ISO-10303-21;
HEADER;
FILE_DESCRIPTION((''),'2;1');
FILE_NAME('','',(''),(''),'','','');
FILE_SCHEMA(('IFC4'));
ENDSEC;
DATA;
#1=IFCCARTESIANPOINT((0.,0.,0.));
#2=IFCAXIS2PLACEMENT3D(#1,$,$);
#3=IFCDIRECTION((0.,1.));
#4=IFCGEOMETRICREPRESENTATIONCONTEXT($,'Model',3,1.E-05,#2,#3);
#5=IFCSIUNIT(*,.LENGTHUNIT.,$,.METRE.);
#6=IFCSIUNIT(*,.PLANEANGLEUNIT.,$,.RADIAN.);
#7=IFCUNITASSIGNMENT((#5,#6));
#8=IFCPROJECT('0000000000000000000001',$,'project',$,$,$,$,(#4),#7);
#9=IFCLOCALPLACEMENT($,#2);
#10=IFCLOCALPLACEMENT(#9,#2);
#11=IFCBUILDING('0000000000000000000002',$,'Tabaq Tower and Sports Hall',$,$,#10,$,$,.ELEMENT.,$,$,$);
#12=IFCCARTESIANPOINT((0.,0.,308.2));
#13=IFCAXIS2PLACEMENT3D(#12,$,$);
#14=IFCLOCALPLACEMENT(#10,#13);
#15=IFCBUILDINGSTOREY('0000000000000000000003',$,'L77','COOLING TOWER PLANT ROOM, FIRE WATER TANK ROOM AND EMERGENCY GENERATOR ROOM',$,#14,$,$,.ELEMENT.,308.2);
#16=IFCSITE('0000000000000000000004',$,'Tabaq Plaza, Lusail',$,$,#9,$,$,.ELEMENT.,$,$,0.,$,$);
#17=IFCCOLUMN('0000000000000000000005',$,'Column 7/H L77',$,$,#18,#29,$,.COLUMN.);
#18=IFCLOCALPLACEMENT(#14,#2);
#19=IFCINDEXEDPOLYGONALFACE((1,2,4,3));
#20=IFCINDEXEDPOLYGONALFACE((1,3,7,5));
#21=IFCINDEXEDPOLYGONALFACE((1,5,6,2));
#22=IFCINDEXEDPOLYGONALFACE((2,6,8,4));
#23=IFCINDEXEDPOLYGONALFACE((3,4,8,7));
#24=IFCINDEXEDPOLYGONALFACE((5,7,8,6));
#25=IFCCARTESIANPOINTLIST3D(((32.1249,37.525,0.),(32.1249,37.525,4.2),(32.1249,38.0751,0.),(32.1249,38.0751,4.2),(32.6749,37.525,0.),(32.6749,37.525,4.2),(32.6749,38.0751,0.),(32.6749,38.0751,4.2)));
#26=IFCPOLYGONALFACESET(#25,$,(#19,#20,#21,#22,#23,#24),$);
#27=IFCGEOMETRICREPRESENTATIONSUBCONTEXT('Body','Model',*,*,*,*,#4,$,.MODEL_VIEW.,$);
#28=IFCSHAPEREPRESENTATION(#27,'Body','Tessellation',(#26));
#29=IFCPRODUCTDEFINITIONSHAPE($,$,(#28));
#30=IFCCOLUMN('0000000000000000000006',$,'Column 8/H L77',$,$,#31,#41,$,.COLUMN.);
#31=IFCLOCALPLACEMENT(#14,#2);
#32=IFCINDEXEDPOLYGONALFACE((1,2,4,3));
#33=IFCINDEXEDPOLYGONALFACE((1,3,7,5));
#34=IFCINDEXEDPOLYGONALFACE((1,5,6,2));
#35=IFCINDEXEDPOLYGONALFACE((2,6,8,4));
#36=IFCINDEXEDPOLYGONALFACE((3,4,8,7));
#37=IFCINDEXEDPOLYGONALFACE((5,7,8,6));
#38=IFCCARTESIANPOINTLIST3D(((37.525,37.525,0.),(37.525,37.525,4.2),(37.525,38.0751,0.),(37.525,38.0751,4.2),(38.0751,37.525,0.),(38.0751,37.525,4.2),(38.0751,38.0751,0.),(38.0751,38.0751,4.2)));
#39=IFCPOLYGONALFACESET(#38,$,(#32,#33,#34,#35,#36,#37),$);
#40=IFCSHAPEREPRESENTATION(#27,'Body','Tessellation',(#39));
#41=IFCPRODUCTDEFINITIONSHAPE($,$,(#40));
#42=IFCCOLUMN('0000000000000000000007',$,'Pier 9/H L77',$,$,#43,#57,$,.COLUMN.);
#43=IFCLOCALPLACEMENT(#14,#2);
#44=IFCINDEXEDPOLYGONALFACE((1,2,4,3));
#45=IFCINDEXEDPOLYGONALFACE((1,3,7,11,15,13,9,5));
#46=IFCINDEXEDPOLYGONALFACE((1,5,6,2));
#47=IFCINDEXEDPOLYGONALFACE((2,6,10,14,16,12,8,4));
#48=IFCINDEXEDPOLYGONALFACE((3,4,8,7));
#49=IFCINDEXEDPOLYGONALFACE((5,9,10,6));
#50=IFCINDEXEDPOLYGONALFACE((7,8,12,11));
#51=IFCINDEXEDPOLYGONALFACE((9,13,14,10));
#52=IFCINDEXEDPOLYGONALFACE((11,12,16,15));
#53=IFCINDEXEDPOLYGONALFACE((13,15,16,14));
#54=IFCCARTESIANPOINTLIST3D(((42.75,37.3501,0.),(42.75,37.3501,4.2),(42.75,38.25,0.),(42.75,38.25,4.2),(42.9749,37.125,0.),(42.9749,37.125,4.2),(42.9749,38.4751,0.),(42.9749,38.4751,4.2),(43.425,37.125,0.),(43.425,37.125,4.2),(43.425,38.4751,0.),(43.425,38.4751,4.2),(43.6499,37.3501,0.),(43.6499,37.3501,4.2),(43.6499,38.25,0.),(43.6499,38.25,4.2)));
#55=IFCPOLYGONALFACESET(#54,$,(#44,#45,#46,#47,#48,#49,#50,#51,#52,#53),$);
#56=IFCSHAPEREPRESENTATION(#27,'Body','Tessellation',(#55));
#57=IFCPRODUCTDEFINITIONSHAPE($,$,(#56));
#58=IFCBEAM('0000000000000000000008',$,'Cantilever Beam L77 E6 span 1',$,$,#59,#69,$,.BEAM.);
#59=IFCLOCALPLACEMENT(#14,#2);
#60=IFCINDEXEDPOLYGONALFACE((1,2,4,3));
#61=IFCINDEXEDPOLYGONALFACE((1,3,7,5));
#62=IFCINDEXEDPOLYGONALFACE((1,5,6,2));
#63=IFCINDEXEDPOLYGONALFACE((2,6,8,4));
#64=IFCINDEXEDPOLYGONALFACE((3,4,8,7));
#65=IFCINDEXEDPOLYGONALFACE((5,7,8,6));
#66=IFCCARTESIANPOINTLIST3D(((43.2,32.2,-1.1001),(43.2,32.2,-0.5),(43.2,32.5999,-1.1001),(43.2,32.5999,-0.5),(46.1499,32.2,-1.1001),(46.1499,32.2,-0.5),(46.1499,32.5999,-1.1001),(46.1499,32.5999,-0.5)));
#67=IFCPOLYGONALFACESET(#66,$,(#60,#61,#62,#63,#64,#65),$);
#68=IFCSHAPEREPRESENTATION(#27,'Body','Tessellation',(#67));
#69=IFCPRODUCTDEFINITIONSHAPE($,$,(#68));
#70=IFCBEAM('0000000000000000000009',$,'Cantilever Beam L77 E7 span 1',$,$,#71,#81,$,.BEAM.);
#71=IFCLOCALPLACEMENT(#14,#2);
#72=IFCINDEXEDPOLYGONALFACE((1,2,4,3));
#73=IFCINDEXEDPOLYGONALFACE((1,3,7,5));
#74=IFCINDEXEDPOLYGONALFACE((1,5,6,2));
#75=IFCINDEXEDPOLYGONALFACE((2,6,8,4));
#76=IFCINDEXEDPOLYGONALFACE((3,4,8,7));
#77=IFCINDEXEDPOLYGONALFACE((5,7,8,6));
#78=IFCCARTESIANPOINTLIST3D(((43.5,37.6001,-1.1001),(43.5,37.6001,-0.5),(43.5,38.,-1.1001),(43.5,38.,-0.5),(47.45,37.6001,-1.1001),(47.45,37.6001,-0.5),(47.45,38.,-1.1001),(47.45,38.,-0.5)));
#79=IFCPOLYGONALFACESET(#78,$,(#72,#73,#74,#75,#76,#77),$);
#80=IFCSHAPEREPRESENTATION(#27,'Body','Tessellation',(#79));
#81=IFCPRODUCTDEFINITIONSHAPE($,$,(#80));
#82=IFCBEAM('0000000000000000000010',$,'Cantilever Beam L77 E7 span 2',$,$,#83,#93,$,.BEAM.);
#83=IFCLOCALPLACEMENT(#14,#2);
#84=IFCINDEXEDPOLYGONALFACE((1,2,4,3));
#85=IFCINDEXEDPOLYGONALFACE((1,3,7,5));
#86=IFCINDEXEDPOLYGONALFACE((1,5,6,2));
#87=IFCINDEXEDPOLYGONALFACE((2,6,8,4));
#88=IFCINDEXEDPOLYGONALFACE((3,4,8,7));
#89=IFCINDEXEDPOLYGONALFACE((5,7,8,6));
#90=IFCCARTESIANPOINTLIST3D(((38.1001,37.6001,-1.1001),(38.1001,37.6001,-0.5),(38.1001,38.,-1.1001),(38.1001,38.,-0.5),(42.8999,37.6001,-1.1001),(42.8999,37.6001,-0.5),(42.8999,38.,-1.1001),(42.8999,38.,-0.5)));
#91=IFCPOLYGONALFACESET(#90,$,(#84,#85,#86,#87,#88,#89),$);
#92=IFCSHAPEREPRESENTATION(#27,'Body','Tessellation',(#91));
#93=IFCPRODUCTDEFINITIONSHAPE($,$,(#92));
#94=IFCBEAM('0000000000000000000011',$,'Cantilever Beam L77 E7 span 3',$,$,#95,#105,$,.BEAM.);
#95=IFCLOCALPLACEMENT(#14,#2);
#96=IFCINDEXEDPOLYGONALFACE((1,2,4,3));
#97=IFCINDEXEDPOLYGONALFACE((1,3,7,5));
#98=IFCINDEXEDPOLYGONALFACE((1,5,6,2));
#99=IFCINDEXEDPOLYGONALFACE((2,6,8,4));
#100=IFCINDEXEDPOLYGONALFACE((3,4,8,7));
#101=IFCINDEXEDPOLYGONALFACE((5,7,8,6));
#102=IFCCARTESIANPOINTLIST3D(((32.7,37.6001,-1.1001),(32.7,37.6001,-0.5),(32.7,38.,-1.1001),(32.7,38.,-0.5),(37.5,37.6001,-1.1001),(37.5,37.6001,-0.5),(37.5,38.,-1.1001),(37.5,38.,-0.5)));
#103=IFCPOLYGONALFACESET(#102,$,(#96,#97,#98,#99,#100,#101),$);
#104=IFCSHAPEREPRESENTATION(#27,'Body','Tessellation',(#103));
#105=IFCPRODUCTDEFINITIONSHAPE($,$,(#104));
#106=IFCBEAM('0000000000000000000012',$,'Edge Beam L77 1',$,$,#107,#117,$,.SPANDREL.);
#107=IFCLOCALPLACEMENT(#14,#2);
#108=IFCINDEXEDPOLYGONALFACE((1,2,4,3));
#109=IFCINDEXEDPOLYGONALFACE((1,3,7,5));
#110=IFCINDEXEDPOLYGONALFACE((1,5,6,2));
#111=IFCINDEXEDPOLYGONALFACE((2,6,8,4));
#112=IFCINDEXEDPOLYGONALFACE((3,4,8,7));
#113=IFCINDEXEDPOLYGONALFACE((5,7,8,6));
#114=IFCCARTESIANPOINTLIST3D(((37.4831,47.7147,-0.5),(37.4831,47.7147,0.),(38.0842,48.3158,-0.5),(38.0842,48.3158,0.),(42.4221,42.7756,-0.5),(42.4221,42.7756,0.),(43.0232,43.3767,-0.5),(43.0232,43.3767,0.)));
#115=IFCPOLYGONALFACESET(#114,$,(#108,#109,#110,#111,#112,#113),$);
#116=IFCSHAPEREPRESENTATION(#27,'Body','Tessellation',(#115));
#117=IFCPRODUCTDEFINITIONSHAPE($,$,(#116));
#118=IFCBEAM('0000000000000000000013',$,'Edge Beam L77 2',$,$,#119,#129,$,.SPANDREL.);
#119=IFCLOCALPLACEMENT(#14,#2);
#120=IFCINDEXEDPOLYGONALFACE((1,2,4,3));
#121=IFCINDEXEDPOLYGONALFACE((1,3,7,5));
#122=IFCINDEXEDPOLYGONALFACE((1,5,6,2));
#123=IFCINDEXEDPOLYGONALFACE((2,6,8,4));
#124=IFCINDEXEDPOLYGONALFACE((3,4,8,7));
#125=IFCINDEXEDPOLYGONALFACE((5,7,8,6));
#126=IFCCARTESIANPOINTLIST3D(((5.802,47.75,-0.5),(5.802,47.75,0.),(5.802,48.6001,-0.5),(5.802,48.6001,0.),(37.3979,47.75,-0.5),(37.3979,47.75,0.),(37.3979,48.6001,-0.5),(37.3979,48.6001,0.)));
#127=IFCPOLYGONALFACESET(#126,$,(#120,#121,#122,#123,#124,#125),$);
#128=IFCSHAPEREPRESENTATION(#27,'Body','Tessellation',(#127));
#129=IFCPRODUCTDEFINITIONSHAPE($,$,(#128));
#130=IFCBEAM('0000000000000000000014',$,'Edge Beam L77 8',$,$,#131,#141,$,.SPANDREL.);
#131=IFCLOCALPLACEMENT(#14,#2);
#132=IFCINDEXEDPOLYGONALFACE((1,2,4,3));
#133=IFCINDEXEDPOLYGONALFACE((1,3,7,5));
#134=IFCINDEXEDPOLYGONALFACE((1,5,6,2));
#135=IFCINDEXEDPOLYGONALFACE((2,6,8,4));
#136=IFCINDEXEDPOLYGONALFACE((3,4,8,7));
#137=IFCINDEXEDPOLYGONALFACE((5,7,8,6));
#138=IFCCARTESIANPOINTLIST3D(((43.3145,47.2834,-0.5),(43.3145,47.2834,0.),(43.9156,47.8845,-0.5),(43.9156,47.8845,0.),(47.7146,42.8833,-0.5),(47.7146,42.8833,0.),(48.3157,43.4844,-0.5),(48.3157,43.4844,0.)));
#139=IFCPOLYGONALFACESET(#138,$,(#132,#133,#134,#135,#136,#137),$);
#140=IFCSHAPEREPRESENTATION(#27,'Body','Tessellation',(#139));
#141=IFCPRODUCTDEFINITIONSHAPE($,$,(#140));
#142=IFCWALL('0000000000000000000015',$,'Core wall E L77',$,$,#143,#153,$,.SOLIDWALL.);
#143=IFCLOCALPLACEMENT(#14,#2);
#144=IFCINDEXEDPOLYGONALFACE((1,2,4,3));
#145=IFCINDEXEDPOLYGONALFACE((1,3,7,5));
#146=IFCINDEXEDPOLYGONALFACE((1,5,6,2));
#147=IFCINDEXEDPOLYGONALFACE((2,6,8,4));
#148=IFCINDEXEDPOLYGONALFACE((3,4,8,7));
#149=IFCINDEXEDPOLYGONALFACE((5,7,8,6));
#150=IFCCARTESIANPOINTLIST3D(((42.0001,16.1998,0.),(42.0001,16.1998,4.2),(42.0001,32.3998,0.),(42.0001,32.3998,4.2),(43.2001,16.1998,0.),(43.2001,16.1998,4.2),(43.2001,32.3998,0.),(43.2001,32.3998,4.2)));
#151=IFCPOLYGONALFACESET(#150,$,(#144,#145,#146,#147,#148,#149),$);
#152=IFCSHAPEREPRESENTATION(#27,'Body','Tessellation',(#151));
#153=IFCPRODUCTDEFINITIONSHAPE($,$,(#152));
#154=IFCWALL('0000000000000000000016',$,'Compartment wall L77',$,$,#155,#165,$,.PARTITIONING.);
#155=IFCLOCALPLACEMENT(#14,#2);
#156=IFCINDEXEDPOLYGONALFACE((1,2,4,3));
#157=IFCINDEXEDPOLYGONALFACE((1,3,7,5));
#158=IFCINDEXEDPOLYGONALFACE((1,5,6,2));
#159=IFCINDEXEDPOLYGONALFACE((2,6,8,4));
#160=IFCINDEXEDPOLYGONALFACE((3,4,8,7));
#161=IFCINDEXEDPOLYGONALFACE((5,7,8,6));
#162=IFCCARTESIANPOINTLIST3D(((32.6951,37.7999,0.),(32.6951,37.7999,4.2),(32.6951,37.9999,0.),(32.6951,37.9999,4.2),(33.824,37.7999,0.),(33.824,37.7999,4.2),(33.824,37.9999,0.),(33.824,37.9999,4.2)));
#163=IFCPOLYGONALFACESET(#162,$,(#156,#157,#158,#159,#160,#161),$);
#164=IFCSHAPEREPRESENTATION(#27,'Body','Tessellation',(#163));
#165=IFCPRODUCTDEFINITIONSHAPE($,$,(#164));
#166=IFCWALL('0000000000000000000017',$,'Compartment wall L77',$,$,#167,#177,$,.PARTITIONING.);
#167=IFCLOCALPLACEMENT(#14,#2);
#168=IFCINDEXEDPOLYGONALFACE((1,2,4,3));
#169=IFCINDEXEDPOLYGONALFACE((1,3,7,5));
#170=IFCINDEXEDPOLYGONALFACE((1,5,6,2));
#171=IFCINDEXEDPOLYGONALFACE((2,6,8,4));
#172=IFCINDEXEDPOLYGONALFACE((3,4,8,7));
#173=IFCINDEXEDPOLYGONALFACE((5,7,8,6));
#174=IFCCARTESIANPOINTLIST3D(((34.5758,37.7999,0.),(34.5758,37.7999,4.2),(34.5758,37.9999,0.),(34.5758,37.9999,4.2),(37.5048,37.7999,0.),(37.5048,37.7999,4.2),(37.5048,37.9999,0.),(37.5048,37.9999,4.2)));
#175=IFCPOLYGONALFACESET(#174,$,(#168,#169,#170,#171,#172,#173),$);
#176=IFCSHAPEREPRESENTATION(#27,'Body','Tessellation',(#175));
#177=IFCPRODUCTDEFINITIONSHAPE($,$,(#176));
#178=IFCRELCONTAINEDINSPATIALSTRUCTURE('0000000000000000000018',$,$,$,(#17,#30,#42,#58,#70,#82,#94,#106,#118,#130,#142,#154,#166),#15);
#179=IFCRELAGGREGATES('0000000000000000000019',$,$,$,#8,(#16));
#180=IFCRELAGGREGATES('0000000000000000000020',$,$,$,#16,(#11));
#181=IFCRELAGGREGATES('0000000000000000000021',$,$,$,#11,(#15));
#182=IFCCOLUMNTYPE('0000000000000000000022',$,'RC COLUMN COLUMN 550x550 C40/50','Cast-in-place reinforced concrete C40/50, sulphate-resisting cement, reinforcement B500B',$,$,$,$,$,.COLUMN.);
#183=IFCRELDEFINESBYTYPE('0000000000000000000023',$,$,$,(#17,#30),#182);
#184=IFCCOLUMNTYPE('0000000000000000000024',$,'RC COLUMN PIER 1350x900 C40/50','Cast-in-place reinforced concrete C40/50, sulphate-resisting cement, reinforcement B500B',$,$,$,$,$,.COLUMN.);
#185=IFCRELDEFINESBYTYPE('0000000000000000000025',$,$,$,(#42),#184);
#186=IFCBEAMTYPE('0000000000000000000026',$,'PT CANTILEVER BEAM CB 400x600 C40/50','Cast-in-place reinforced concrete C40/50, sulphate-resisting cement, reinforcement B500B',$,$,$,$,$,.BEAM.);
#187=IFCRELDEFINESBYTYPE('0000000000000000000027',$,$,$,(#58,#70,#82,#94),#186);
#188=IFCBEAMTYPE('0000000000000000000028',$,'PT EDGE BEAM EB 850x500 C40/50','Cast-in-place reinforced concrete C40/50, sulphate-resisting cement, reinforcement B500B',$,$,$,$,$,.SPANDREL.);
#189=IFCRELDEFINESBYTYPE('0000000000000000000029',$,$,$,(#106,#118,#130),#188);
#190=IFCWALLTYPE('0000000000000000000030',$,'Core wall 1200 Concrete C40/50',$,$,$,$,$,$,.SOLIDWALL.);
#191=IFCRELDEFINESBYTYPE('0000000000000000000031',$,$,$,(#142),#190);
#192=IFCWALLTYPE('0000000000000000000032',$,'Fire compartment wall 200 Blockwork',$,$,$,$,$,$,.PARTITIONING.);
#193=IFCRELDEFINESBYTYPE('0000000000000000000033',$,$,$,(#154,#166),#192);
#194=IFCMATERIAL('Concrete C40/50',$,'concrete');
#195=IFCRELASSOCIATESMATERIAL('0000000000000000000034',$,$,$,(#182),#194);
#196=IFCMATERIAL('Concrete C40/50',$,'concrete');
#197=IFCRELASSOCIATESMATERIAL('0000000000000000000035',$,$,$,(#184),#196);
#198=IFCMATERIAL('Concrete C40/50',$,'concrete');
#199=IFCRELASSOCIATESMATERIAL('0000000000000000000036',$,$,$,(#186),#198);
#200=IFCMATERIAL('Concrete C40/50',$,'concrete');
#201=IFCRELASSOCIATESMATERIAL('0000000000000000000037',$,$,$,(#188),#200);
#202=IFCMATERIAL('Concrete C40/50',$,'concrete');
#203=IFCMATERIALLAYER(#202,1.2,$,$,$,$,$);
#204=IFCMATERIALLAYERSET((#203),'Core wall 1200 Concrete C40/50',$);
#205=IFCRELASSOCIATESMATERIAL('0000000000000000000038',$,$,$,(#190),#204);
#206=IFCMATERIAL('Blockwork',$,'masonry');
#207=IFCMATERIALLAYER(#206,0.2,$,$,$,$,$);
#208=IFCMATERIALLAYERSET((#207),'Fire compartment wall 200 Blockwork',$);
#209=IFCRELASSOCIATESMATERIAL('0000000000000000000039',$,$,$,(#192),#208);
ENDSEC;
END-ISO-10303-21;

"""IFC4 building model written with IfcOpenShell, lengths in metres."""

from ifc_helpers import new_model, si_unit, direction, frame, frame_2d, origin, origin_2d, place, context, subcontext, project, spatial, polyline, rectangle, outline, extrude, material, layer, layer_set, material_profile, profile_set, type_object, element, save


model = new_model("IFC4")

# Units and contexts
model_context = context("Model", 3, precision=1e-05, world=origin(), true_north=direction((0.0, 1.0)))
body_context = subcontext(model_context, "Body", "Model", "MODEL_VIEW")
ifc_project = project(units=[si_unit("LENGTHUNIT", "METRE"), si_unit("PLANEANGLEUNIT", "RADIAN")], contexts=[model_context])

# Site, building, storey
site_placement = place(None, origin())
site = spatial("IfcSite", under=ifc_project, at=site_placement, Name="Tabaq Plaza, Lusail", CompositionType="ELEMENT", RefElevation=0.0)
building_placement = place(site_placement, origin())
building = spatial("IfcBuilding", under=site, at=building_placement, Name="Tabaq Tower and Sports Hall", CompositionType="ELEMENT")
storey_placement = place(building_placement, frame((0.0, 0.0, 308.2)))
storey = spatial("IfcBuildingStorey", under=building, at=storey_placement, Name="L77", Description="COOLING TOWER PLANT ROOM, FIRE WATER TANK ROOM AND EMERGENCY GENERATOR ROOM", CompositionType="ELEMENT", Elevation=308.2)

# Columns
ifc_material_1 = material(Name="Concrete C40/50", Category="concrete")
ifc_material_profile_1 = material_profile(ifc_material_1, rectangle(XDim=0.55, YDim=0.55, at=origin_2d()), Name="COLUMN 550x550")
ifc_profile_set_1 = profile_set([ifc_material_profile_1], Name="Concrete C40/50")
column_type_1 = type_object("IfcColumnType", Name="RC COLUMN COLUMN 550x550 C40/50", Description="Cast-in-place reinforced concrete C40/50, sulphate-resisting cement, reinforcement B500B", PredefinedType="COLUMN", material=ifc_profile_set_1)
for number, where, z_axis, x_axis, name in (
    (1, (32.3999, 37.8, 0.0), (0.0, 0.0, 1.0), (1.0, 0.0, 0.0), "Column 7/H L77"),
    (2, (37.8, 37.8, 0.0), (0.0, 0.0, 1.0), (1.0, 0.0, 0.0), "Column 8/H L77"),
):
    element("IfcColumn", number, at=place(storey_placement, frame(where, z_axis=z_axis, x_axis=x_axis)), inside=storey, type_object=column_type_1, Name=name, PredefinedType="COLUMN", context=body_context, shape_type="SweptSolid", body=[
        extrude(rectangle(XDim=0.55, YDim=0.55, at=origin_2d()), origin(), (0.0, 0.0, 1.0), 4.2),
    ])
ifc_material_2 = material(Name="Concrete C40/50", Category="concrete")
ifc_material_profile_2 = material_profile(ifc_material_2, outline(polyline([(-0.45, -0.45), (0.45, -0.45), (0.675, -0.2251), (0.675, 0.2251), (0.45, 0.45), (-0.45, 0.45), (-0.675, 0.2251), (-0.675, -0.2251), (-0.45, -0.45)])), Name="PIER 1350x900")
ifc_profile_set_2 = profile_set([ifc_material_profile_2], Name="Concrete C40/50")
column_type_2 = type_object("IfcColumnType", Name="RC COLUMN PIER 1350x900 C40/50", Description="Cast-in-place reinforced concrete C40/50, sulphate-resisting cement, reinforcement B500B", PredefinedType="COLUMN", material=ifc_profile_set_2)
column_placement = place(storey_placement, frame((43.2, 37.8, 0.0), z_axis=(0.0, 0.0, 1.0), x_axis=(0.0, 1.0, 0.0)))
element("IfcColumn", 3, at=column_placement, inside=storey, type_object=column_type_2, Name="Pier 9/H L77", PredefinedType="COLUMN", context=body_context, shape_type="SweptSolid", body=[
    extrude(outline(polyline([(-0.45, -0.45), (0.45, -0.45), (0.675, -0.2251), (0.675, 0.2251), (0.45, 0.45), (-0.45, 0.45), (-0.675, 0.2251), (-0.675, -0.2251), (-0.45, -0.45)])), origin(), (0.0, 0.0, 1.0), 4.2),
])

# Beams
ifc_material_3 = material(Name="Concrete C40/50", Category="concrete")
ifc_material_profile_3 = material_profile(ifc_material_3, rectangle(XDim=0.3999, YDim=0.6001, at=origin_2d()), Name="CB 400x600")
ifc_profile_set_3 = profile_set([ifc_material_profile_3], Name="Concrete C40/50")
beam_type_1 = type_object("IfcBeamType", Name="PT CANTILEVER BEAM CB 400x600 C40/50", Description="Cast-in-place reinforced concrete C40/50, sulphate-resisting cement, reinforcement B500B", PredefinedType="BEAM", material=ifc_profile_set_3)
beam_1_placement = place(storey_placement, frame((46.1499, 32.3999, -0.8), z_axis=(-1.0, 0.0, 0.0), x_axis=(0.0, -1.0, 0.0)))
element("IfcBeam", 4, at=beam_1_placement, inside=storey, type_object=beam_type_1, Name="Cantilever Beam L77 E6 span 1", PredefinedType="BEAM", context=body_context, shape_type="SweptSolid", body=[
    extrude(rectangle(XDim=0.3999, YDim=0.6001, at=origin_2d()), origin(), (0.0, 0.0, 1.0), 2.95),
])
beam_2_placement = place(storey_placement, frame((47.45, 37.8, -0.8), z_axis=(-1.0, 0.0, 0.0), x_axis=(0.0, -1.0, 0.0)))
element("IfcBeam", 5, at=beam_2_placement, inside=storey, type_object=beam_type_1, Name="Cantilever Beam L77 E7 span 1", PredefinedType="BEAM", context=body_context, shape_type="SweptSolid", body=[
    extrude(rectangle(XDim=0.3999, YDim=0.6001, at=origin_2d()), origin(), (0.0, 0.0, 1.0), 3.95),
])
beam_3_placement = place(storey_placement, frame((42.8999, 37.8, -0.8), z_axis=(-1.0, 0.0, 0.0), x_axis=(0.0, -1.0, 0.0)))
element("IfcBeam", 6, at=beam_3_placement, inside=storey, type_object=beam_type_1, Name="Cantilever Beam L77 E7 span 2", PredefinedType="BEAM", context=body_context, shape_type="SweptSolid", body=[
    extrude(rectangle(XDim=0.3999, YDim=0.6001, at=origin_2d()), origin(), (0.0, 0.0, 1.0), 4.7998),
])
beam_4_placement = place(storey_placement, frame((37.5, 37.8, -0.8), z_axis=(-1.0, 0.0, 0.0), x_axis=(0.0, -1.0, 0.0)))
element("IfcBeam", 7, at=beam_4_placement, inside=storey, type_object=beam_type_1, Name="Cantilever Beam L77 E7 span 3", PredefinedType="BEAM", context=body_context, shape_type="SweptSolid", body=[
    extrude(rectangle(XDim=0.3999, YDim=0.6001, at=origin_2d()), origin(), (0.0, 0.0, 1.0), 4.8),
])
ifc_material_4 = material(Name="Concrete C40/50", Category="concrete")
ifc_material_profile_4 = material_profile(ifc_material_4, rectangle(XDim=0.8501, YDim=0.5, at=origin_2d()), Name="EB 850x500")
ifc_profile_set_4 = profile_set([ifc_material_profile_4], Name="Concrete C40/50")
beam_type_2 = type_object("IfcBeamType", Name="PT EDGE BEAM EB 850x500 C40/50", Description="Cast-in-place reinforced concrete C40/50, sulphate-resisting cement, reinforcement B500B", PredefinedType="SPANDREL", material=ifc_profile_set_4)
beam_5_placement = place(storey_placement, frame((42.7227, 43.0762, -0.25), z_axis=(-0.707107, 0.707107, 0.0), x_axis=(-0.707107, -0.707107, 0.0)))
element("IfcBeam", 8, at=beam_5_placement, inside=storey, type_object=beam_type_2, Name="Edge Beam L77 1", PredefinedType="SPANDREL", context=body_context, shape_type="SweptSolid", body=[
    extrude(rectangle(XDim=0.8501, YDim=0.5, at=origin_2d()), origin(), (0.0, 0.0, 1.0), 6.9849),
])
beam_6_placement = place(storey_placement, frame((37.3979, 48.175, -0.25), z_axis=(-1.0, 0.0, 0.0), x_axis=(0.0, -1.0, 0.0)))
element("IfcBeam", 9, at=beam_6_placement, inside=storey, type_object=beam_type_2, Name="Edge Beam L77 2", PredefinedType="SPANDREL", context=body_context, shape_type="SweptSolid", body=[
    extrude(rectangle(XDim=0.8501, YDim=0.5, at=origin_2d()), origin(), (0.0, 0.0, 1.0), 31.5959),
])
beam_7_placement = place(storey_placement, frame((48.0151, 43.1838, -0.25), z_axis=(-0.707107, 0.707107, 0.0), x_axis=(-0.707107, -0.707107, 0.0)))
element("IfcBeam", 10, at=beam_7_placement, inside=storey, type_object=beam_type_2, Name="Edge Beam L77 8", PredefinedType="SPANDREL", context=body_context, shape_type="SweptSolid", body=[
    extrude(rectangle(XDim=0.8501, YDim=0.5, at=origin_2d()), origin(), (0.0, 0.0, 1.0), 6.2227),
])

# Walls
ifc_material_5 = material(Name="Concrete C40/50", Category="concrete")
ifc_layer_1 = layer(ifc_material_5, 1.2)
ifc_layer_set_1 = layer_set([ifc_layer_1], Name="Core wall 1200 Concrete C40/50")
wall_type_1 = type_object("IfcWallType", Name="Core wall 1200 Concrete C40/50", PredefinedType="SOLIDWALL", material=ifc_layer_set_1)
wall_1_placement = place(storey_placement, frame((42.6001, 32.3999, 0.0), z_axis=(0.0, 0.0, 1.0), x_axis=(0.0, -1.0, 0.0)))
element("IfcWall", 11, at=wall_1_placement, inside=storey, type_object=wall_type_1, Name="Core wall E L77", PredefinedType="SOLIDWALL", context=body_context, shape_type="SweptSolid", body=[
    extrude(rectangle(XDim=16.2, YDim=1.2, at=frame_2d((8.1001, 0.0))), origin(), (0.0, 0.0, 1.0), 4.2),
])
ifc_material_6 = material(Name="Blockwork", Category="masonry")
ifc_layer_2 = layer(ifc_material_6, 0.2)
ifc_layer_set_2 = layer_set([ifc_layer_2], Name="Fire compartment wall 200 Blockwork")
wall_type_2 = type_object("IfcWallType", Name="Fire compartment wall 200 Blockwork", PredefinedType="PARTITIONING", material=ifc_layer_set_2)
wall_2_placement = place(storey_placement, frame((32.6951, 37.8999, 0.0), z_axis=(0.0, 0.0, 1.0), x_axis=(1.0, 0.0, 0.0)))
element("IfcWall", 12, at=wall_2_placement, inside=storey, type_object=wall_type_2, Name="Compartment wall L77", PredefinedType="PARTITIONING", context=body_context, shape_type="SweptSolid", body=[
    extrude(rectangle(XDim=1.1289, YDim=0.2, at=frame_2d((0.5645, 0.0))), origin(), (0.0, 0.0, 1.0), 4.2),
])
wall_3_placement = place(storey_placement, frame((34.5759, 37.8999, 0.0), z_axis=(0.0, 0.0, 1.0), x_axis=(1.0, 0.0, 0.0)))
element("IfcWall", 13, at=wall_3_placement, inside=storey, type_object=wall_type_2, Name="Compartment wall L77", PredefinedType="PARTITIONING", context=body_context, shape_type="SweptSolid", body=[
    extrude(rectangle(XDim=2.929, YDim=0.2, at=frame_2d((1.4644, 0.0))), origin(), (0.0, 0.0, 1.0), 4.2),
])

save(model, "model.ifc")
